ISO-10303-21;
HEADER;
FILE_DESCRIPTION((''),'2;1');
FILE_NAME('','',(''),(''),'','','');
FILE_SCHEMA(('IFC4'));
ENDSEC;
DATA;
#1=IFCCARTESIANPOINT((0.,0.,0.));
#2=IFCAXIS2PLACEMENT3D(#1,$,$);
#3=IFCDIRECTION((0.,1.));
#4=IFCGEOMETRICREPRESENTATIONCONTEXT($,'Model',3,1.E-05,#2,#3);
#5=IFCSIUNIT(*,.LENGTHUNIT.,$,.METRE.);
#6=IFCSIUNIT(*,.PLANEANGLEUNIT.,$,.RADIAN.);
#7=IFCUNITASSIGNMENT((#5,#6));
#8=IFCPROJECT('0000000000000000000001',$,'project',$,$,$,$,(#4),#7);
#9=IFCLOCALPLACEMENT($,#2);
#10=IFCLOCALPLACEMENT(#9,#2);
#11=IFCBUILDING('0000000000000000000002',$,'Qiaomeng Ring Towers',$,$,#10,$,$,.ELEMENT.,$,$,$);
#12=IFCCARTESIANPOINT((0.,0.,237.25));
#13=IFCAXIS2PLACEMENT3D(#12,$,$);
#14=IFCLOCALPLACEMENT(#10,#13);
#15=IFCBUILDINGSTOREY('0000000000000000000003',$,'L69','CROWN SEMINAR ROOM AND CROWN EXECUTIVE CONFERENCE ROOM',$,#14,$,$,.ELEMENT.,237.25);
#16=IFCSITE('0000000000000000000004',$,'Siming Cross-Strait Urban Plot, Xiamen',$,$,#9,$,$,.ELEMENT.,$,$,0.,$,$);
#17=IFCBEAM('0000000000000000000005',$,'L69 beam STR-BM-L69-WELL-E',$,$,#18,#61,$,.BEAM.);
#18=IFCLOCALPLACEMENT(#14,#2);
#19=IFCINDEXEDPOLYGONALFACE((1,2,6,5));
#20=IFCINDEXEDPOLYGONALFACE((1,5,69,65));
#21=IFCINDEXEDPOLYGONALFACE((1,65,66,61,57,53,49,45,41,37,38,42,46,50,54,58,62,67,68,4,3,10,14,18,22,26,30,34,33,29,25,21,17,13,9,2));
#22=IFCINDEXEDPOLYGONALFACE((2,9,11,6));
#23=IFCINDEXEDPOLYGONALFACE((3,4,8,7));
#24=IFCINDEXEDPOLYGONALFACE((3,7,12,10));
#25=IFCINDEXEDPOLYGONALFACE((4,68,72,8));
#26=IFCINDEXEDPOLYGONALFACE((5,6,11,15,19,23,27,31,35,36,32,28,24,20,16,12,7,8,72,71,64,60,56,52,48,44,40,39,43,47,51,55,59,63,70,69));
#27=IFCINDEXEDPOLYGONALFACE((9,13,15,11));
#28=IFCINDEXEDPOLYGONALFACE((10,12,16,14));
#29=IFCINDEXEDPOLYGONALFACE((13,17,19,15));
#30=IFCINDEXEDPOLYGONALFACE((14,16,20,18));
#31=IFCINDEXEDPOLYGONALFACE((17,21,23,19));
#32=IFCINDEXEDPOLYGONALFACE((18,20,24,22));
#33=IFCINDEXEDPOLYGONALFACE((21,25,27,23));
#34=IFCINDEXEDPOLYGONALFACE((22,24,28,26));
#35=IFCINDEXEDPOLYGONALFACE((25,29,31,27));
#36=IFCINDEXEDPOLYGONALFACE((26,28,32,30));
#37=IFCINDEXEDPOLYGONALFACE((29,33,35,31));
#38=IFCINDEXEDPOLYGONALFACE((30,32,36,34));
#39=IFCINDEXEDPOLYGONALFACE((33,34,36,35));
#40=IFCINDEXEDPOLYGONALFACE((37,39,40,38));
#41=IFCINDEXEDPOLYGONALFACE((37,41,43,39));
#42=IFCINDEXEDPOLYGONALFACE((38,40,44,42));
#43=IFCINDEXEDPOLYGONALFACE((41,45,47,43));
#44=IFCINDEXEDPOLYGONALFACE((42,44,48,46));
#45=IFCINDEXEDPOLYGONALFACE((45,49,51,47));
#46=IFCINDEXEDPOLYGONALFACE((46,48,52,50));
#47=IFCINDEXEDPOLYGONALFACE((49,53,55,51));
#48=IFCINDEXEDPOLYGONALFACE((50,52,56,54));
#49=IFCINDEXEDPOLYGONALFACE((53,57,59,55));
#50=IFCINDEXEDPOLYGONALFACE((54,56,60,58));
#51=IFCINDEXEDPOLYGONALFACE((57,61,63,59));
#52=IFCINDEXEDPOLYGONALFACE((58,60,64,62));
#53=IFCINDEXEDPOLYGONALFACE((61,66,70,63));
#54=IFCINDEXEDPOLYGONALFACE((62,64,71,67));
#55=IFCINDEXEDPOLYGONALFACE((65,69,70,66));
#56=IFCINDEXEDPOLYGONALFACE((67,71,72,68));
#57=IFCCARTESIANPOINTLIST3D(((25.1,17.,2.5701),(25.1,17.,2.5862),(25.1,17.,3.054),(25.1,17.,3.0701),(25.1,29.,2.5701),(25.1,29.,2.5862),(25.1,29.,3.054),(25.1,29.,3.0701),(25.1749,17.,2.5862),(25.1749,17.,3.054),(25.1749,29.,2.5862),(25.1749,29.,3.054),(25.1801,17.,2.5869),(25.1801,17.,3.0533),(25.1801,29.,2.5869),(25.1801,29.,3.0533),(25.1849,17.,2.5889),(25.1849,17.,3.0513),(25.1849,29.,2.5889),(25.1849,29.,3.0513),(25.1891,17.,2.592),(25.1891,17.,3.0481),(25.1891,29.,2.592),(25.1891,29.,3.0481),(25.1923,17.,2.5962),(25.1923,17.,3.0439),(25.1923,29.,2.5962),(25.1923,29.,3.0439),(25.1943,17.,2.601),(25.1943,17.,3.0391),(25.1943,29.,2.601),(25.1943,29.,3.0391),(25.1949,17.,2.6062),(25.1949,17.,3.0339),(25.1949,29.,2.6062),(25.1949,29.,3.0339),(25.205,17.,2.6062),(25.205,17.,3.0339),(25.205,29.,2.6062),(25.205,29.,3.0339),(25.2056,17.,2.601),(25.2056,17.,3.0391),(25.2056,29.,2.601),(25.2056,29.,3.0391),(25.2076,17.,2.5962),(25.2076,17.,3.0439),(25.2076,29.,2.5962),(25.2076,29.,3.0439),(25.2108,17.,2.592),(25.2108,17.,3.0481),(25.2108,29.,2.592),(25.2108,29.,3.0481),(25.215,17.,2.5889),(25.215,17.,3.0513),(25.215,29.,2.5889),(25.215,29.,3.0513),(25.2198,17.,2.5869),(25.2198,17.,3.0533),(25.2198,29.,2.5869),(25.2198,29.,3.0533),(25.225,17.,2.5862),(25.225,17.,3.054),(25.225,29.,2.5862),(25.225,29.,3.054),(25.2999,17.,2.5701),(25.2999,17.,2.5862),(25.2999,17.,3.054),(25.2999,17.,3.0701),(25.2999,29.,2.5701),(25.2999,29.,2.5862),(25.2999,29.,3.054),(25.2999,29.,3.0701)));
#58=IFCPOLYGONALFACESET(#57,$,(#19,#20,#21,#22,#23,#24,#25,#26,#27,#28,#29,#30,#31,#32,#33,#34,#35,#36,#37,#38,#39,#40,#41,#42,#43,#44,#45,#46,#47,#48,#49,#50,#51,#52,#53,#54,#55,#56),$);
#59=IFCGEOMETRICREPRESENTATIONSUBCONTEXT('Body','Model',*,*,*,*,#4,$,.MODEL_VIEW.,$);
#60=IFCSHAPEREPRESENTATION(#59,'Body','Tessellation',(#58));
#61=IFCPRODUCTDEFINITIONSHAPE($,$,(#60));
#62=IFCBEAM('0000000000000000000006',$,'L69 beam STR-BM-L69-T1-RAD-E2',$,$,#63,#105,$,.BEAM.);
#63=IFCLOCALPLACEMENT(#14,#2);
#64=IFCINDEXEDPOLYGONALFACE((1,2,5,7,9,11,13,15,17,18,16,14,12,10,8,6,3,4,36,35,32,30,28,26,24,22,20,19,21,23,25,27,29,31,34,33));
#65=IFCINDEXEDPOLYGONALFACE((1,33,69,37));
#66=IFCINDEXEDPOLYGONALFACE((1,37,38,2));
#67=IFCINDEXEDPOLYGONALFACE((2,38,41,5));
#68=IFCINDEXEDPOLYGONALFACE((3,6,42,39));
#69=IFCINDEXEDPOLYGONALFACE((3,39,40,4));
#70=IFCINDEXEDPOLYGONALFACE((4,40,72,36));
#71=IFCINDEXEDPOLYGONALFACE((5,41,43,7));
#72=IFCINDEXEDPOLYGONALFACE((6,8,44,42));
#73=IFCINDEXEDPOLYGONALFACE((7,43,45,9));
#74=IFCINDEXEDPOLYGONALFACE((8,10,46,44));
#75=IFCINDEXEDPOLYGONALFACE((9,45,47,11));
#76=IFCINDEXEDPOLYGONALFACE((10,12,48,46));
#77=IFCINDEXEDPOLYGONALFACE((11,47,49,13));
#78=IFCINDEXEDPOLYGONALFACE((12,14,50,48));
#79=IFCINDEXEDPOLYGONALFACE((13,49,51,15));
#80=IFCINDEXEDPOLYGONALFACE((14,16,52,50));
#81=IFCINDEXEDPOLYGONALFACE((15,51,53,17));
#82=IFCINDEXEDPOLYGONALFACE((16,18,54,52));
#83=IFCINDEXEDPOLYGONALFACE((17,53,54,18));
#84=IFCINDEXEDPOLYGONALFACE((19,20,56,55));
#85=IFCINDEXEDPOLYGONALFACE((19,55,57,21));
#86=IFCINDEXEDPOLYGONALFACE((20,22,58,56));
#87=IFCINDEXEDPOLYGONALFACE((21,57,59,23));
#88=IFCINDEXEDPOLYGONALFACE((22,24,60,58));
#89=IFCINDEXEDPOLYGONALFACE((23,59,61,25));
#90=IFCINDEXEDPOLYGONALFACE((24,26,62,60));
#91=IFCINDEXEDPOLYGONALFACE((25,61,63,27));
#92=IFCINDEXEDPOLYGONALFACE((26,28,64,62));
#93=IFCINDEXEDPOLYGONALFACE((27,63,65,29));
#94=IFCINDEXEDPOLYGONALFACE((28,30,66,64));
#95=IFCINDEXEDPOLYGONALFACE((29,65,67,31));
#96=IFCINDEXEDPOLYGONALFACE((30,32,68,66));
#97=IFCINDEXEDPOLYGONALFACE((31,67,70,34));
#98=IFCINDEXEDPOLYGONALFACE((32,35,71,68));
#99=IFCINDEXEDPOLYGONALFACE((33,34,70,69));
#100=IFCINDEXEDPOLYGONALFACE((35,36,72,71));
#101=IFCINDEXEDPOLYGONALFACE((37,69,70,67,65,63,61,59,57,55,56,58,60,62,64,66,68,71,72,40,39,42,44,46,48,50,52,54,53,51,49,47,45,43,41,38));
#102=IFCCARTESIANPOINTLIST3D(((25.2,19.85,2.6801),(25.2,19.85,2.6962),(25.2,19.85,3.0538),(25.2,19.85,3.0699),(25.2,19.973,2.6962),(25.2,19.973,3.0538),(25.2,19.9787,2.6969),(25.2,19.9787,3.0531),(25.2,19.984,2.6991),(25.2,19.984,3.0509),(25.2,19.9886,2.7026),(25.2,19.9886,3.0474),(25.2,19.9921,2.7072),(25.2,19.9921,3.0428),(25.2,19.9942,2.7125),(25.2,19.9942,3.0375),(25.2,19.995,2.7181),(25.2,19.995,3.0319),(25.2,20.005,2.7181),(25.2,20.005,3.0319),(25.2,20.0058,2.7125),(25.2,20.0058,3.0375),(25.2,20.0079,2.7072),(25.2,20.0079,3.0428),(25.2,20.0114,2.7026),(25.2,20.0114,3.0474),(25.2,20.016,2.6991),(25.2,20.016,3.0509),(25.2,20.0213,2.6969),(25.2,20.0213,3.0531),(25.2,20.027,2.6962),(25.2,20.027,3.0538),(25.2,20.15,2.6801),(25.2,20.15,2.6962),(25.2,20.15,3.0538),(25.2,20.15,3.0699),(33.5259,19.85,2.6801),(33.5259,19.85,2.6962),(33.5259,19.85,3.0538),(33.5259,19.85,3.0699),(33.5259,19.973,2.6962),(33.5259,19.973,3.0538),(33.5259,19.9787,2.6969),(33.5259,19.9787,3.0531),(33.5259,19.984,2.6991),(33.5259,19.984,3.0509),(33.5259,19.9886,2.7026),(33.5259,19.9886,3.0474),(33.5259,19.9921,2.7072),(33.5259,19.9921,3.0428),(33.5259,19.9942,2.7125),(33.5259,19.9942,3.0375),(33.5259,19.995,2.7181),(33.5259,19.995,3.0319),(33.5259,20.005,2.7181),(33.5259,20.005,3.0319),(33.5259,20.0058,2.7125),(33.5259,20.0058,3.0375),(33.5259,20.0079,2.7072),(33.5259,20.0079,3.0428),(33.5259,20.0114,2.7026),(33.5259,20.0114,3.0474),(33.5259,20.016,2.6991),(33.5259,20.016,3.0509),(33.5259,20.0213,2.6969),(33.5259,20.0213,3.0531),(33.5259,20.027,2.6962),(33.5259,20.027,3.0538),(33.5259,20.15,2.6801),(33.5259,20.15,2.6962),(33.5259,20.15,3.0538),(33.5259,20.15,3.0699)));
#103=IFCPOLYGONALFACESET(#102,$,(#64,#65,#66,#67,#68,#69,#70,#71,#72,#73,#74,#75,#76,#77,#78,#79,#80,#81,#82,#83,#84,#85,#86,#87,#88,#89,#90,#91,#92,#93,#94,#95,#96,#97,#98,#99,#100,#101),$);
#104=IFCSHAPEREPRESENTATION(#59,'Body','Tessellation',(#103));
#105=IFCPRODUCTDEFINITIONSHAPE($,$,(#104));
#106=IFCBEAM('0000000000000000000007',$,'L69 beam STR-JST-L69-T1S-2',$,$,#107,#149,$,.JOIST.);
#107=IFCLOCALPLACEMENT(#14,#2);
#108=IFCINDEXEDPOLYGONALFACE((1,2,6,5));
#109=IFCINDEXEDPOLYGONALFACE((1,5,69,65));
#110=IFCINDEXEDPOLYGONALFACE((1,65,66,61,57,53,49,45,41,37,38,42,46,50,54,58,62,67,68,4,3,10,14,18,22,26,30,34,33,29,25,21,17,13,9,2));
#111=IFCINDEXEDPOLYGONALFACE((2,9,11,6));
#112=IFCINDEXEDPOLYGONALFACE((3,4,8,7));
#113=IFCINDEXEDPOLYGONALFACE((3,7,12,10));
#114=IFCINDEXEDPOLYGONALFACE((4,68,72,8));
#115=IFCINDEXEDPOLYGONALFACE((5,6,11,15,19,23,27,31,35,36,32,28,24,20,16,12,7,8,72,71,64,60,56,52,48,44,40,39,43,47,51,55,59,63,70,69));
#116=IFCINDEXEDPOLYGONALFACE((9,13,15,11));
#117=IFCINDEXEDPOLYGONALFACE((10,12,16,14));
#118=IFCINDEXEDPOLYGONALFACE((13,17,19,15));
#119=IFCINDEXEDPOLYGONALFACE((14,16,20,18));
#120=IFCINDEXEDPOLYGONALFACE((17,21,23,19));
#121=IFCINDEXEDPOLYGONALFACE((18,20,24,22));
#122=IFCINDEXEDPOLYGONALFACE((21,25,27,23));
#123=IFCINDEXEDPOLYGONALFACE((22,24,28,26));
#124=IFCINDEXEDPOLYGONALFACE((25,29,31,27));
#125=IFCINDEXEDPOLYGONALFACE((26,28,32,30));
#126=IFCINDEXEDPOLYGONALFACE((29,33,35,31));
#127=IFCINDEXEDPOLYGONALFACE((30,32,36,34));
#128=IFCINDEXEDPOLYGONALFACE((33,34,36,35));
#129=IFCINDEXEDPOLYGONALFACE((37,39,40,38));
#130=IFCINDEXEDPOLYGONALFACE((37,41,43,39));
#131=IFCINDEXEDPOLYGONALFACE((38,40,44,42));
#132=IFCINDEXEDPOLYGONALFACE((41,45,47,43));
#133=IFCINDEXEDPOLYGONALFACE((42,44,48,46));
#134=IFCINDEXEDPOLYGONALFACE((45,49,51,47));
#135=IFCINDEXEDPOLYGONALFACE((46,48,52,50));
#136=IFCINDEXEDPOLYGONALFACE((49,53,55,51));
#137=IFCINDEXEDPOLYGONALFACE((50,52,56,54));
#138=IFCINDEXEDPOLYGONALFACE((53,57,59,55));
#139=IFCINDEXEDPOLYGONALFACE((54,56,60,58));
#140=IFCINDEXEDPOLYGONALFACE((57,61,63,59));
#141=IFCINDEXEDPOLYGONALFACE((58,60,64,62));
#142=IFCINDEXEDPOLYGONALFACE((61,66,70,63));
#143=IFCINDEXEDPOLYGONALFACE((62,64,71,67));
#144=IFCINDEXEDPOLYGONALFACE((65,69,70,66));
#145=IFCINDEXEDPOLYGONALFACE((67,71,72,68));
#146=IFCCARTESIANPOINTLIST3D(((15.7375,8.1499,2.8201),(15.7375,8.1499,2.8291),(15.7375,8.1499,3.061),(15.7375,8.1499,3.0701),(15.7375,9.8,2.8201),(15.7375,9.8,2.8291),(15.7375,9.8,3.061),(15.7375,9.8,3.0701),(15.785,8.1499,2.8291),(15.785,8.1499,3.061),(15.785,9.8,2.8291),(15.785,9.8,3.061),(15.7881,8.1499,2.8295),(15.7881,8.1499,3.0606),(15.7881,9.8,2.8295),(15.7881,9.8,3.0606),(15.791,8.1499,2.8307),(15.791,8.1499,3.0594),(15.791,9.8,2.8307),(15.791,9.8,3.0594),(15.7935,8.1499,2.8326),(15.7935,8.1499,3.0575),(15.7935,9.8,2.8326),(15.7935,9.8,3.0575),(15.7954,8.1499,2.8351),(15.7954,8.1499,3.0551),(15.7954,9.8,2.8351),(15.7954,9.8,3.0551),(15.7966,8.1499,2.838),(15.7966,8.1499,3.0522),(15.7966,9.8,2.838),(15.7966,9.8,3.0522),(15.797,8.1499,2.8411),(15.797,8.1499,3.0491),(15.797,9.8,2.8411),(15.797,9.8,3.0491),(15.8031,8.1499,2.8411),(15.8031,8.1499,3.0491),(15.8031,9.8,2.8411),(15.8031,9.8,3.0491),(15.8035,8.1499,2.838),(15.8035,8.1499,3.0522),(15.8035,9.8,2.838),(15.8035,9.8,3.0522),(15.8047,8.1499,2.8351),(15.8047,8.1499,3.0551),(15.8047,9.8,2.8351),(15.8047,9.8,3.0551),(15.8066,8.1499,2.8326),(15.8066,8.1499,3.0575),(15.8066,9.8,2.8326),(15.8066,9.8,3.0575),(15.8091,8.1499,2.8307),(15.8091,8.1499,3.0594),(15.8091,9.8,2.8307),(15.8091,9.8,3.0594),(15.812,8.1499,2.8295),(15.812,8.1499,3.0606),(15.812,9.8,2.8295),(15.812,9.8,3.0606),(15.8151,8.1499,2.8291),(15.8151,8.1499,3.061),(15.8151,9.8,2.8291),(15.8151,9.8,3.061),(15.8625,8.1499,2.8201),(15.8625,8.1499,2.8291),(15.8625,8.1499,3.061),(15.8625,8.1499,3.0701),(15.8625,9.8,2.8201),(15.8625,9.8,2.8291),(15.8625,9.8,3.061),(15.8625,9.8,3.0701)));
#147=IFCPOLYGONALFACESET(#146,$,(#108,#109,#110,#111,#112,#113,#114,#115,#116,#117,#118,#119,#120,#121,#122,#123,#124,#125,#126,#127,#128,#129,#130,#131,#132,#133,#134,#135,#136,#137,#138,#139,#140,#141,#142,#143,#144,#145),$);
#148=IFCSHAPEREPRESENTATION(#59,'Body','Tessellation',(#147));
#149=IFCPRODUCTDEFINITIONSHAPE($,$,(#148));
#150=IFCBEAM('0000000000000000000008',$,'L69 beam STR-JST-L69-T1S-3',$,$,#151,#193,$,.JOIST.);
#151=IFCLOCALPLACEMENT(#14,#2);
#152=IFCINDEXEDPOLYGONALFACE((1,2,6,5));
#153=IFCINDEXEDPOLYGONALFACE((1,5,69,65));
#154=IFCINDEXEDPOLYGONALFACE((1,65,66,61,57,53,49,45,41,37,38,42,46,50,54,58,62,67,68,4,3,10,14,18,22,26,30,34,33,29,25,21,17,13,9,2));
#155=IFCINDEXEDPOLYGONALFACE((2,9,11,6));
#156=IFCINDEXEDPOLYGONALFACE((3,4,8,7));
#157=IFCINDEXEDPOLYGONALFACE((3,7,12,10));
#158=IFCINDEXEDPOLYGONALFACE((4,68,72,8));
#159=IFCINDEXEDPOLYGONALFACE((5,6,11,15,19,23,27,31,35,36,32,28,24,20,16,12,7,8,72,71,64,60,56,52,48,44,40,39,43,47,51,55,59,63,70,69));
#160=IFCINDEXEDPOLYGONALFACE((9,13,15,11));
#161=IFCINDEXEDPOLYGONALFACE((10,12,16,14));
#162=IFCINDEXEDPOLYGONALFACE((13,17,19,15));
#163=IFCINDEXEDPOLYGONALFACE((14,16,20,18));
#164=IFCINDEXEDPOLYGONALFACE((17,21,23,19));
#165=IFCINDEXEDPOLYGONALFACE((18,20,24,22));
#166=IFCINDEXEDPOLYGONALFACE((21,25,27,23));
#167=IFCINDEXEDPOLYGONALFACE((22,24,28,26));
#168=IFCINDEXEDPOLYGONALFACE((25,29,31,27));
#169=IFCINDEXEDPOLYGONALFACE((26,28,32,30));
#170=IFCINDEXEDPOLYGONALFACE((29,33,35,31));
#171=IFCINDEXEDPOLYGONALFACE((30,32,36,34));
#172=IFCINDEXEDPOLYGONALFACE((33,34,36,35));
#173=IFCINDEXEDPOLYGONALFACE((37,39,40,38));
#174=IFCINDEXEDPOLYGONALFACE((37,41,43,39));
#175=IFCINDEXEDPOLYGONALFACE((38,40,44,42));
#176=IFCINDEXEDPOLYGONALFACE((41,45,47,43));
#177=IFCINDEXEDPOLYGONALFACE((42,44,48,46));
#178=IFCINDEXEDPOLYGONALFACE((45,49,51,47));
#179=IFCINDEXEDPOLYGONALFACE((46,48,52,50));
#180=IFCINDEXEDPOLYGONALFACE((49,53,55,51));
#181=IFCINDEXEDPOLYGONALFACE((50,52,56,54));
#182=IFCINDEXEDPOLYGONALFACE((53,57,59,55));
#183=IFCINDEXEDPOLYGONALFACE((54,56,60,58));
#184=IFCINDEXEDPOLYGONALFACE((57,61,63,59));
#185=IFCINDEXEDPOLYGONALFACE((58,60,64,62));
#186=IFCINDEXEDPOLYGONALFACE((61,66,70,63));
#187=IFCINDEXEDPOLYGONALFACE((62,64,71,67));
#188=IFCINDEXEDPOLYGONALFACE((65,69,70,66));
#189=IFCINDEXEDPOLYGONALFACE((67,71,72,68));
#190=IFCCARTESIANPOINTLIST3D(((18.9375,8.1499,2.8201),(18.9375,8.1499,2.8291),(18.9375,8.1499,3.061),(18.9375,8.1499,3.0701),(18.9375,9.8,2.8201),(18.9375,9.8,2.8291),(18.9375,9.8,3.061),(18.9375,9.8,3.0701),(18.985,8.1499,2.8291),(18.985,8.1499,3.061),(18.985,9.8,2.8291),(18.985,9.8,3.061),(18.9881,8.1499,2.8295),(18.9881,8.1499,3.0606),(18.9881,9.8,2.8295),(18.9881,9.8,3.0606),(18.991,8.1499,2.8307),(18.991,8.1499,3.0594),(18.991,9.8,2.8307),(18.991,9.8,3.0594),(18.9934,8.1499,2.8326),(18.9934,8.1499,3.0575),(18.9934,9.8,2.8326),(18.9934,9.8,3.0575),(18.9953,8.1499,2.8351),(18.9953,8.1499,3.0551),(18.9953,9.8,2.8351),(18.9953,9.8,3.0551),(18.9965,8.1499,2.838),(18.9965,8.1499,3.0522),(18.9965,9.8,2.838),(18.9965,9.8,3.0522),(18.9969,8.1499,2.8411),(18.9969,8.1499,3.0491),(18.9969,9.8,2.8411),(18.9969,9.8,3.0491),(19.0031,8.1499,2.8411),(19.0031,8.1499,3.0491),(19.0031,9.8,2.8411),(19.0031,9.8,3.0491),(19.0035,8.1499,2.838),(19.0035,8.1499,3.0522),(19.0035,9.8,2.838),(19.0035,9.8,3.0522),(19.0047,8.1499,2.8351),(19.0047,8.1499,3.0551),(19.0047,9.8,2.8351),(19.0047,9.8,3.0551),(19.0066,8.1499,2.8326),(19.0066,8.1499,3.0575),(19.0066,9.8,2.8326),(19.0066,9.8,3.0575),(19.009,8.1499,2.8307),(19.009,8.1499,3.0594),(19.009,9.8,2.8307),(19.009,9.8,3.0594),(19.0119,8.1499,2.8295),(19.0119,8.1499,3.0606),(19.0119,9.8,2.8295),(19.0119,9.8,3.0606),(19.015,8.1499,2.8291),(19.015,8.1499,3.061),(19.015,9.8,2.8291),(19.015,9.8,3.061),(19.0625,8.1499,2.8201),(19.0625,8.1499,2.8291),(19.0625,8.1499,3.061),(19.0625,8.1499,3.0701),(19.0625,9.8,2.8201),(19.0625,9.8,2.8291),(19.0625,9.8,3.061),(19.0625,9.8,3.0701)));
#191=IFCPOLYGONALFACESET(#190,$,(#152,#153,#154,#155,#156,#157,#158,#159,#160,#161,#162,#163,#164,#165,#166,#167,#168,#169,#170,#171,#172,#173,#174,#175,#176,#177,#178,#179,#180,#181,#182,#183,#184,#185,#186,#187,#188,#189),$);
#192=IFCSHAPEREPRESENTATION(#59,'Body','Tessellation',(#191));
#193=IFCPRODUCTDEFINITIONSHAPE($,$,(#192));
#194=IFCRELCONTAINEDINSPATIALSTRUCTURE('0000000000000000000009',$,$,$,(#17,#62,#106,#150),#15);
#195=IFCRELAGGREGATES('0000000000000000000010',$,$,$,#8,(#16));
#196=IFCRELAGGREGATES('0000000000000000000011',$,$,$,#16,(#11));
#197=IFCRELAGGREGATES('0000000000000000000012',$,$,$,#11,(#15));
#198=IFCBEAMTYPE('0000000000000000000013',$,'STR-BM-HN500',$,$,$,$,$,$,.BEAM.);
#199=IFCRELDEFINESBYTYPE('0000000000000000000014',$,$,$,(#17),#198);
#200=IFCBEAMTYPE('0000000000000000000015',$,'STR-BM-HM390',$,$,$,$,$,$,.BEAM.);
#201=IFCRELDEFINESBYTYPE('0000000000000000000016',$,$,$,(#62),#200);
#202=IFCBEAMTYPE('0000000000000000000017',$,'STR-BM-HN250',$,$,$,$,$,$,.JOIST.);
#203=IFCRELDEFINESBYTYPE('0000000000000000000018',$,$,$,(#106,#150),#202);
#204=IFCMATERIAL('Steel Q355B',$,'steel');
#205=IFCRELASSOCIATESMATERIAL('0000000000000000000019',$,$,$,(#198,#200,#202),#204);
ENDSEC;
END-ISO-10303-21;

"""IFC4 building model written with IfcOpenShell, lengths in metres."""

from ifc_helpers import new_model, si_unit, direction, frame, origin, origin_2d, place, context, subcontext, project, spatial, i_section, extrude, source, transform, mapped, material, material_profile, profile_set, type_object, element, save


model = new_model("IFC4")

# Units and contexts
model_context = context("Model", 3, precision=1e-05, world=origin(), true_north=direction((0.0, 1.0)))
body_context = subcontext(model_context, "Body", "Model", "MODEL_VIEW")
ifc_project = project(units=[si_unit("LENGTHUNIT", "METRE"), si_unit("PLANEANGLEUNIT", "RADIAN")], contexts=[model_context])

# Site, building, storey
site_placement = place(None, origin())
site = spatial("IfcSite", under=ifc_project, at=site_placement, Name="Siming Cross-Strait Urban Plot, Xiamen", CompositionType="ELEMENT", RefElevation=0.0)
building_placement = place(site_placement, origin())
building = spatial("IfcBuilding", under=site, at=building_placement, Name="Qiaomeng Ring Towers", CompositionType="ELEMENT")
storey_placement = place(building_placement, frame((0.0, 0.0, 237.25)))
storey = spatial("IfcBuildingStorey", under=building, at=storey_placement, Name="L69", Description="CROWN SEMINAR ROOM AND CROWN EXECUTIVE CONFERENCE ROOM", CompositionType="ELEMENT", Elevation=237.25)

# Beams
ifc_material_1 = material(Name="Steel Q355B", Category="steel")
ifc_material_profile_1 = material_profile(ifc_material_1, i_section(OverallWidth=0.2, OverallDepth=0.5, WebThickness=0.01, FlangeThickness=0.0161, FilletRadius=0.02, at=origin_2d()), Name="HN 500x200x10x16")
ifc_profile_set_1 = profile_set([ifc_material_profile_1], Name="Steel Q355B")
beam_type_1 = type_object("IfcBeamType", Name="STR-BM-HN500", PredefinedType="BEAM", material=ifc_profile_set_1)
shared_shape_1 = source(origin(), body_context, "Body", "SweptSolid", [
    extrude(i_section(OverallWidth=0.2, OverallDepth=0.5, WebThickness=0.01, FlangeThickness=0.0161, FilletRadius=0.02, at=origin_2d()), origin(), (0.0, 0.0, 1.0), 12.0),
])
beam_1_placement = place(storey_placement, frame((25.2, 17.0, 2.8201), z_axis=(0.0, 1.0, 0.0), x_axis=(-1.0, 0.0, 0.0)))
element("IfcBeam", 1, at=beam_1_placement, inside=storey, type_object=beam_type_1, Name="L69 beam STR-BM-L69-WELL-E", PredefinedType="BEAM", context=body_context, shape_type="MappedRepresentation", body=[
    mapped(shared_shape_1, transform((0.0, 0.0, 0.0), x_axis=(1.0, 0.0, 0.0), y_axis=(0.0, 1.0, 0.0), z_axis=(0.0, 0.0, 1.0), scale=1.0)),
])
ifc_material_profile_2 = material_profile(ifc_material_1, i_section(OverallWidth=0.3, OverallDepth=0.3899, WebThickness=0.01, FlangeThickness=0.0161, FilletRadius=0.022, at=origin_2d()), Name="HM 390x300x10x16")
ifc_profile_set_2 = profile_set([ifc_material_profile_2], Name="Steel Q355B")
beam_type_2 = type_object("IfcBeamType", Name="STR-BM-HM390", PredefinedType="BEAM", material=ifc_profile_set_2)
shared_shape_2 = source(origin(), body_context, "Body", "SweptSolid", [
    extrude(i_section(OverallWidth=0.3, OverallDepth=0.3899, WebThickness=0.01, FlangeThickness=0.0161, FilletRadius=0.022, at=origin_2d()), origin(), (0.0, 0.0, 1.0), 8.3259),
])
beam_2_placement = place(storey_placement, frame((25.2, 20.0, 2.875), z_axis=(1.0, 0.0, 0.0), x_axis=(0.0, 1.0, 0.0)))
element("IfcBeam", 2, at=beam_2_placement, inside=storey, type_object=beam_type_2, Name="L69 beam STR-BM-L69-T1-RAD-E2", PredefinedType="BEAM", context=body_context, shape_type="MappedRepresentation", body=[
    mapped(shared_shape_2, transform((0.0, 0.0, 0.0), x_axis=(1.0, 0.0, 0.0), y_axis=(0.0, 1.0, 0.0), z_axis=(0.0, 0.0, 1.0), scale=1.0)),
])
ifc_material_profile_3 = material_profile(ifc_material_1, i_section(OverallWidth=0.125, OverallDepth=0.25, WebThickness=0.0061, FlangeThickness=0.009, FilletRadius=0.012, at=origin_2d()), Name="HN 250x125x6x9")
ifc_profile_set_3 = profile_set([ifc_material_profile_3], Name="Steel Q355B")
beam_type_3 = type_object("IfcBeamType", Name="STR-BM-HN250", PredefinedType="JOIST", material=ifc_profile_set_3)
shared_shape_3 = source(origin(), body_context, "Body", "SweptSolid", [
    extrude(i_section(OverallWidth=0.125, OverallDepth=0.25, WebThickness=0.0061, FlangeThickness=0.009, FilletRadius=0.012, at=origin_2d()), origin(), (0.0, 0.0, 1.0), 1.6501),
])
for number, where, z_axis, x_axis, name in (
    (3, (15.8, 8.1499, 2.9451), (0.0, 1.0, 0.0), (-1.0, 0.0, 0.0), "L69 beam STR-JST-L69-T1S-2"),
    (4, (19.0, 8.1499, 2.9451), (0.0, 1.0, 0.0), (-1.0, 0.0, 0.0), "L69 beam STR-JST-L69-T1S-3"),
):
    element("IfcBeam", number, at=place(storey_placement, frame(where, z_axis=z_axis, x_axis=x_axis)), inside=storey, type_object=beam_type_3, Name=name, PredefinedType="JOIST", context=body_context, shape_type="MappedRepresentation", body=[
        mapped(shared_shape_3, transform((0.0, 0.0, 0.0), x_axis=(1.0, 0.0, 0.0), y_axis=(0.0, 1.0, 0.0), z_axis=(0.0, 0.0, 1.0), scale=1.0)),
    ])

save(model, "model.ifc")
